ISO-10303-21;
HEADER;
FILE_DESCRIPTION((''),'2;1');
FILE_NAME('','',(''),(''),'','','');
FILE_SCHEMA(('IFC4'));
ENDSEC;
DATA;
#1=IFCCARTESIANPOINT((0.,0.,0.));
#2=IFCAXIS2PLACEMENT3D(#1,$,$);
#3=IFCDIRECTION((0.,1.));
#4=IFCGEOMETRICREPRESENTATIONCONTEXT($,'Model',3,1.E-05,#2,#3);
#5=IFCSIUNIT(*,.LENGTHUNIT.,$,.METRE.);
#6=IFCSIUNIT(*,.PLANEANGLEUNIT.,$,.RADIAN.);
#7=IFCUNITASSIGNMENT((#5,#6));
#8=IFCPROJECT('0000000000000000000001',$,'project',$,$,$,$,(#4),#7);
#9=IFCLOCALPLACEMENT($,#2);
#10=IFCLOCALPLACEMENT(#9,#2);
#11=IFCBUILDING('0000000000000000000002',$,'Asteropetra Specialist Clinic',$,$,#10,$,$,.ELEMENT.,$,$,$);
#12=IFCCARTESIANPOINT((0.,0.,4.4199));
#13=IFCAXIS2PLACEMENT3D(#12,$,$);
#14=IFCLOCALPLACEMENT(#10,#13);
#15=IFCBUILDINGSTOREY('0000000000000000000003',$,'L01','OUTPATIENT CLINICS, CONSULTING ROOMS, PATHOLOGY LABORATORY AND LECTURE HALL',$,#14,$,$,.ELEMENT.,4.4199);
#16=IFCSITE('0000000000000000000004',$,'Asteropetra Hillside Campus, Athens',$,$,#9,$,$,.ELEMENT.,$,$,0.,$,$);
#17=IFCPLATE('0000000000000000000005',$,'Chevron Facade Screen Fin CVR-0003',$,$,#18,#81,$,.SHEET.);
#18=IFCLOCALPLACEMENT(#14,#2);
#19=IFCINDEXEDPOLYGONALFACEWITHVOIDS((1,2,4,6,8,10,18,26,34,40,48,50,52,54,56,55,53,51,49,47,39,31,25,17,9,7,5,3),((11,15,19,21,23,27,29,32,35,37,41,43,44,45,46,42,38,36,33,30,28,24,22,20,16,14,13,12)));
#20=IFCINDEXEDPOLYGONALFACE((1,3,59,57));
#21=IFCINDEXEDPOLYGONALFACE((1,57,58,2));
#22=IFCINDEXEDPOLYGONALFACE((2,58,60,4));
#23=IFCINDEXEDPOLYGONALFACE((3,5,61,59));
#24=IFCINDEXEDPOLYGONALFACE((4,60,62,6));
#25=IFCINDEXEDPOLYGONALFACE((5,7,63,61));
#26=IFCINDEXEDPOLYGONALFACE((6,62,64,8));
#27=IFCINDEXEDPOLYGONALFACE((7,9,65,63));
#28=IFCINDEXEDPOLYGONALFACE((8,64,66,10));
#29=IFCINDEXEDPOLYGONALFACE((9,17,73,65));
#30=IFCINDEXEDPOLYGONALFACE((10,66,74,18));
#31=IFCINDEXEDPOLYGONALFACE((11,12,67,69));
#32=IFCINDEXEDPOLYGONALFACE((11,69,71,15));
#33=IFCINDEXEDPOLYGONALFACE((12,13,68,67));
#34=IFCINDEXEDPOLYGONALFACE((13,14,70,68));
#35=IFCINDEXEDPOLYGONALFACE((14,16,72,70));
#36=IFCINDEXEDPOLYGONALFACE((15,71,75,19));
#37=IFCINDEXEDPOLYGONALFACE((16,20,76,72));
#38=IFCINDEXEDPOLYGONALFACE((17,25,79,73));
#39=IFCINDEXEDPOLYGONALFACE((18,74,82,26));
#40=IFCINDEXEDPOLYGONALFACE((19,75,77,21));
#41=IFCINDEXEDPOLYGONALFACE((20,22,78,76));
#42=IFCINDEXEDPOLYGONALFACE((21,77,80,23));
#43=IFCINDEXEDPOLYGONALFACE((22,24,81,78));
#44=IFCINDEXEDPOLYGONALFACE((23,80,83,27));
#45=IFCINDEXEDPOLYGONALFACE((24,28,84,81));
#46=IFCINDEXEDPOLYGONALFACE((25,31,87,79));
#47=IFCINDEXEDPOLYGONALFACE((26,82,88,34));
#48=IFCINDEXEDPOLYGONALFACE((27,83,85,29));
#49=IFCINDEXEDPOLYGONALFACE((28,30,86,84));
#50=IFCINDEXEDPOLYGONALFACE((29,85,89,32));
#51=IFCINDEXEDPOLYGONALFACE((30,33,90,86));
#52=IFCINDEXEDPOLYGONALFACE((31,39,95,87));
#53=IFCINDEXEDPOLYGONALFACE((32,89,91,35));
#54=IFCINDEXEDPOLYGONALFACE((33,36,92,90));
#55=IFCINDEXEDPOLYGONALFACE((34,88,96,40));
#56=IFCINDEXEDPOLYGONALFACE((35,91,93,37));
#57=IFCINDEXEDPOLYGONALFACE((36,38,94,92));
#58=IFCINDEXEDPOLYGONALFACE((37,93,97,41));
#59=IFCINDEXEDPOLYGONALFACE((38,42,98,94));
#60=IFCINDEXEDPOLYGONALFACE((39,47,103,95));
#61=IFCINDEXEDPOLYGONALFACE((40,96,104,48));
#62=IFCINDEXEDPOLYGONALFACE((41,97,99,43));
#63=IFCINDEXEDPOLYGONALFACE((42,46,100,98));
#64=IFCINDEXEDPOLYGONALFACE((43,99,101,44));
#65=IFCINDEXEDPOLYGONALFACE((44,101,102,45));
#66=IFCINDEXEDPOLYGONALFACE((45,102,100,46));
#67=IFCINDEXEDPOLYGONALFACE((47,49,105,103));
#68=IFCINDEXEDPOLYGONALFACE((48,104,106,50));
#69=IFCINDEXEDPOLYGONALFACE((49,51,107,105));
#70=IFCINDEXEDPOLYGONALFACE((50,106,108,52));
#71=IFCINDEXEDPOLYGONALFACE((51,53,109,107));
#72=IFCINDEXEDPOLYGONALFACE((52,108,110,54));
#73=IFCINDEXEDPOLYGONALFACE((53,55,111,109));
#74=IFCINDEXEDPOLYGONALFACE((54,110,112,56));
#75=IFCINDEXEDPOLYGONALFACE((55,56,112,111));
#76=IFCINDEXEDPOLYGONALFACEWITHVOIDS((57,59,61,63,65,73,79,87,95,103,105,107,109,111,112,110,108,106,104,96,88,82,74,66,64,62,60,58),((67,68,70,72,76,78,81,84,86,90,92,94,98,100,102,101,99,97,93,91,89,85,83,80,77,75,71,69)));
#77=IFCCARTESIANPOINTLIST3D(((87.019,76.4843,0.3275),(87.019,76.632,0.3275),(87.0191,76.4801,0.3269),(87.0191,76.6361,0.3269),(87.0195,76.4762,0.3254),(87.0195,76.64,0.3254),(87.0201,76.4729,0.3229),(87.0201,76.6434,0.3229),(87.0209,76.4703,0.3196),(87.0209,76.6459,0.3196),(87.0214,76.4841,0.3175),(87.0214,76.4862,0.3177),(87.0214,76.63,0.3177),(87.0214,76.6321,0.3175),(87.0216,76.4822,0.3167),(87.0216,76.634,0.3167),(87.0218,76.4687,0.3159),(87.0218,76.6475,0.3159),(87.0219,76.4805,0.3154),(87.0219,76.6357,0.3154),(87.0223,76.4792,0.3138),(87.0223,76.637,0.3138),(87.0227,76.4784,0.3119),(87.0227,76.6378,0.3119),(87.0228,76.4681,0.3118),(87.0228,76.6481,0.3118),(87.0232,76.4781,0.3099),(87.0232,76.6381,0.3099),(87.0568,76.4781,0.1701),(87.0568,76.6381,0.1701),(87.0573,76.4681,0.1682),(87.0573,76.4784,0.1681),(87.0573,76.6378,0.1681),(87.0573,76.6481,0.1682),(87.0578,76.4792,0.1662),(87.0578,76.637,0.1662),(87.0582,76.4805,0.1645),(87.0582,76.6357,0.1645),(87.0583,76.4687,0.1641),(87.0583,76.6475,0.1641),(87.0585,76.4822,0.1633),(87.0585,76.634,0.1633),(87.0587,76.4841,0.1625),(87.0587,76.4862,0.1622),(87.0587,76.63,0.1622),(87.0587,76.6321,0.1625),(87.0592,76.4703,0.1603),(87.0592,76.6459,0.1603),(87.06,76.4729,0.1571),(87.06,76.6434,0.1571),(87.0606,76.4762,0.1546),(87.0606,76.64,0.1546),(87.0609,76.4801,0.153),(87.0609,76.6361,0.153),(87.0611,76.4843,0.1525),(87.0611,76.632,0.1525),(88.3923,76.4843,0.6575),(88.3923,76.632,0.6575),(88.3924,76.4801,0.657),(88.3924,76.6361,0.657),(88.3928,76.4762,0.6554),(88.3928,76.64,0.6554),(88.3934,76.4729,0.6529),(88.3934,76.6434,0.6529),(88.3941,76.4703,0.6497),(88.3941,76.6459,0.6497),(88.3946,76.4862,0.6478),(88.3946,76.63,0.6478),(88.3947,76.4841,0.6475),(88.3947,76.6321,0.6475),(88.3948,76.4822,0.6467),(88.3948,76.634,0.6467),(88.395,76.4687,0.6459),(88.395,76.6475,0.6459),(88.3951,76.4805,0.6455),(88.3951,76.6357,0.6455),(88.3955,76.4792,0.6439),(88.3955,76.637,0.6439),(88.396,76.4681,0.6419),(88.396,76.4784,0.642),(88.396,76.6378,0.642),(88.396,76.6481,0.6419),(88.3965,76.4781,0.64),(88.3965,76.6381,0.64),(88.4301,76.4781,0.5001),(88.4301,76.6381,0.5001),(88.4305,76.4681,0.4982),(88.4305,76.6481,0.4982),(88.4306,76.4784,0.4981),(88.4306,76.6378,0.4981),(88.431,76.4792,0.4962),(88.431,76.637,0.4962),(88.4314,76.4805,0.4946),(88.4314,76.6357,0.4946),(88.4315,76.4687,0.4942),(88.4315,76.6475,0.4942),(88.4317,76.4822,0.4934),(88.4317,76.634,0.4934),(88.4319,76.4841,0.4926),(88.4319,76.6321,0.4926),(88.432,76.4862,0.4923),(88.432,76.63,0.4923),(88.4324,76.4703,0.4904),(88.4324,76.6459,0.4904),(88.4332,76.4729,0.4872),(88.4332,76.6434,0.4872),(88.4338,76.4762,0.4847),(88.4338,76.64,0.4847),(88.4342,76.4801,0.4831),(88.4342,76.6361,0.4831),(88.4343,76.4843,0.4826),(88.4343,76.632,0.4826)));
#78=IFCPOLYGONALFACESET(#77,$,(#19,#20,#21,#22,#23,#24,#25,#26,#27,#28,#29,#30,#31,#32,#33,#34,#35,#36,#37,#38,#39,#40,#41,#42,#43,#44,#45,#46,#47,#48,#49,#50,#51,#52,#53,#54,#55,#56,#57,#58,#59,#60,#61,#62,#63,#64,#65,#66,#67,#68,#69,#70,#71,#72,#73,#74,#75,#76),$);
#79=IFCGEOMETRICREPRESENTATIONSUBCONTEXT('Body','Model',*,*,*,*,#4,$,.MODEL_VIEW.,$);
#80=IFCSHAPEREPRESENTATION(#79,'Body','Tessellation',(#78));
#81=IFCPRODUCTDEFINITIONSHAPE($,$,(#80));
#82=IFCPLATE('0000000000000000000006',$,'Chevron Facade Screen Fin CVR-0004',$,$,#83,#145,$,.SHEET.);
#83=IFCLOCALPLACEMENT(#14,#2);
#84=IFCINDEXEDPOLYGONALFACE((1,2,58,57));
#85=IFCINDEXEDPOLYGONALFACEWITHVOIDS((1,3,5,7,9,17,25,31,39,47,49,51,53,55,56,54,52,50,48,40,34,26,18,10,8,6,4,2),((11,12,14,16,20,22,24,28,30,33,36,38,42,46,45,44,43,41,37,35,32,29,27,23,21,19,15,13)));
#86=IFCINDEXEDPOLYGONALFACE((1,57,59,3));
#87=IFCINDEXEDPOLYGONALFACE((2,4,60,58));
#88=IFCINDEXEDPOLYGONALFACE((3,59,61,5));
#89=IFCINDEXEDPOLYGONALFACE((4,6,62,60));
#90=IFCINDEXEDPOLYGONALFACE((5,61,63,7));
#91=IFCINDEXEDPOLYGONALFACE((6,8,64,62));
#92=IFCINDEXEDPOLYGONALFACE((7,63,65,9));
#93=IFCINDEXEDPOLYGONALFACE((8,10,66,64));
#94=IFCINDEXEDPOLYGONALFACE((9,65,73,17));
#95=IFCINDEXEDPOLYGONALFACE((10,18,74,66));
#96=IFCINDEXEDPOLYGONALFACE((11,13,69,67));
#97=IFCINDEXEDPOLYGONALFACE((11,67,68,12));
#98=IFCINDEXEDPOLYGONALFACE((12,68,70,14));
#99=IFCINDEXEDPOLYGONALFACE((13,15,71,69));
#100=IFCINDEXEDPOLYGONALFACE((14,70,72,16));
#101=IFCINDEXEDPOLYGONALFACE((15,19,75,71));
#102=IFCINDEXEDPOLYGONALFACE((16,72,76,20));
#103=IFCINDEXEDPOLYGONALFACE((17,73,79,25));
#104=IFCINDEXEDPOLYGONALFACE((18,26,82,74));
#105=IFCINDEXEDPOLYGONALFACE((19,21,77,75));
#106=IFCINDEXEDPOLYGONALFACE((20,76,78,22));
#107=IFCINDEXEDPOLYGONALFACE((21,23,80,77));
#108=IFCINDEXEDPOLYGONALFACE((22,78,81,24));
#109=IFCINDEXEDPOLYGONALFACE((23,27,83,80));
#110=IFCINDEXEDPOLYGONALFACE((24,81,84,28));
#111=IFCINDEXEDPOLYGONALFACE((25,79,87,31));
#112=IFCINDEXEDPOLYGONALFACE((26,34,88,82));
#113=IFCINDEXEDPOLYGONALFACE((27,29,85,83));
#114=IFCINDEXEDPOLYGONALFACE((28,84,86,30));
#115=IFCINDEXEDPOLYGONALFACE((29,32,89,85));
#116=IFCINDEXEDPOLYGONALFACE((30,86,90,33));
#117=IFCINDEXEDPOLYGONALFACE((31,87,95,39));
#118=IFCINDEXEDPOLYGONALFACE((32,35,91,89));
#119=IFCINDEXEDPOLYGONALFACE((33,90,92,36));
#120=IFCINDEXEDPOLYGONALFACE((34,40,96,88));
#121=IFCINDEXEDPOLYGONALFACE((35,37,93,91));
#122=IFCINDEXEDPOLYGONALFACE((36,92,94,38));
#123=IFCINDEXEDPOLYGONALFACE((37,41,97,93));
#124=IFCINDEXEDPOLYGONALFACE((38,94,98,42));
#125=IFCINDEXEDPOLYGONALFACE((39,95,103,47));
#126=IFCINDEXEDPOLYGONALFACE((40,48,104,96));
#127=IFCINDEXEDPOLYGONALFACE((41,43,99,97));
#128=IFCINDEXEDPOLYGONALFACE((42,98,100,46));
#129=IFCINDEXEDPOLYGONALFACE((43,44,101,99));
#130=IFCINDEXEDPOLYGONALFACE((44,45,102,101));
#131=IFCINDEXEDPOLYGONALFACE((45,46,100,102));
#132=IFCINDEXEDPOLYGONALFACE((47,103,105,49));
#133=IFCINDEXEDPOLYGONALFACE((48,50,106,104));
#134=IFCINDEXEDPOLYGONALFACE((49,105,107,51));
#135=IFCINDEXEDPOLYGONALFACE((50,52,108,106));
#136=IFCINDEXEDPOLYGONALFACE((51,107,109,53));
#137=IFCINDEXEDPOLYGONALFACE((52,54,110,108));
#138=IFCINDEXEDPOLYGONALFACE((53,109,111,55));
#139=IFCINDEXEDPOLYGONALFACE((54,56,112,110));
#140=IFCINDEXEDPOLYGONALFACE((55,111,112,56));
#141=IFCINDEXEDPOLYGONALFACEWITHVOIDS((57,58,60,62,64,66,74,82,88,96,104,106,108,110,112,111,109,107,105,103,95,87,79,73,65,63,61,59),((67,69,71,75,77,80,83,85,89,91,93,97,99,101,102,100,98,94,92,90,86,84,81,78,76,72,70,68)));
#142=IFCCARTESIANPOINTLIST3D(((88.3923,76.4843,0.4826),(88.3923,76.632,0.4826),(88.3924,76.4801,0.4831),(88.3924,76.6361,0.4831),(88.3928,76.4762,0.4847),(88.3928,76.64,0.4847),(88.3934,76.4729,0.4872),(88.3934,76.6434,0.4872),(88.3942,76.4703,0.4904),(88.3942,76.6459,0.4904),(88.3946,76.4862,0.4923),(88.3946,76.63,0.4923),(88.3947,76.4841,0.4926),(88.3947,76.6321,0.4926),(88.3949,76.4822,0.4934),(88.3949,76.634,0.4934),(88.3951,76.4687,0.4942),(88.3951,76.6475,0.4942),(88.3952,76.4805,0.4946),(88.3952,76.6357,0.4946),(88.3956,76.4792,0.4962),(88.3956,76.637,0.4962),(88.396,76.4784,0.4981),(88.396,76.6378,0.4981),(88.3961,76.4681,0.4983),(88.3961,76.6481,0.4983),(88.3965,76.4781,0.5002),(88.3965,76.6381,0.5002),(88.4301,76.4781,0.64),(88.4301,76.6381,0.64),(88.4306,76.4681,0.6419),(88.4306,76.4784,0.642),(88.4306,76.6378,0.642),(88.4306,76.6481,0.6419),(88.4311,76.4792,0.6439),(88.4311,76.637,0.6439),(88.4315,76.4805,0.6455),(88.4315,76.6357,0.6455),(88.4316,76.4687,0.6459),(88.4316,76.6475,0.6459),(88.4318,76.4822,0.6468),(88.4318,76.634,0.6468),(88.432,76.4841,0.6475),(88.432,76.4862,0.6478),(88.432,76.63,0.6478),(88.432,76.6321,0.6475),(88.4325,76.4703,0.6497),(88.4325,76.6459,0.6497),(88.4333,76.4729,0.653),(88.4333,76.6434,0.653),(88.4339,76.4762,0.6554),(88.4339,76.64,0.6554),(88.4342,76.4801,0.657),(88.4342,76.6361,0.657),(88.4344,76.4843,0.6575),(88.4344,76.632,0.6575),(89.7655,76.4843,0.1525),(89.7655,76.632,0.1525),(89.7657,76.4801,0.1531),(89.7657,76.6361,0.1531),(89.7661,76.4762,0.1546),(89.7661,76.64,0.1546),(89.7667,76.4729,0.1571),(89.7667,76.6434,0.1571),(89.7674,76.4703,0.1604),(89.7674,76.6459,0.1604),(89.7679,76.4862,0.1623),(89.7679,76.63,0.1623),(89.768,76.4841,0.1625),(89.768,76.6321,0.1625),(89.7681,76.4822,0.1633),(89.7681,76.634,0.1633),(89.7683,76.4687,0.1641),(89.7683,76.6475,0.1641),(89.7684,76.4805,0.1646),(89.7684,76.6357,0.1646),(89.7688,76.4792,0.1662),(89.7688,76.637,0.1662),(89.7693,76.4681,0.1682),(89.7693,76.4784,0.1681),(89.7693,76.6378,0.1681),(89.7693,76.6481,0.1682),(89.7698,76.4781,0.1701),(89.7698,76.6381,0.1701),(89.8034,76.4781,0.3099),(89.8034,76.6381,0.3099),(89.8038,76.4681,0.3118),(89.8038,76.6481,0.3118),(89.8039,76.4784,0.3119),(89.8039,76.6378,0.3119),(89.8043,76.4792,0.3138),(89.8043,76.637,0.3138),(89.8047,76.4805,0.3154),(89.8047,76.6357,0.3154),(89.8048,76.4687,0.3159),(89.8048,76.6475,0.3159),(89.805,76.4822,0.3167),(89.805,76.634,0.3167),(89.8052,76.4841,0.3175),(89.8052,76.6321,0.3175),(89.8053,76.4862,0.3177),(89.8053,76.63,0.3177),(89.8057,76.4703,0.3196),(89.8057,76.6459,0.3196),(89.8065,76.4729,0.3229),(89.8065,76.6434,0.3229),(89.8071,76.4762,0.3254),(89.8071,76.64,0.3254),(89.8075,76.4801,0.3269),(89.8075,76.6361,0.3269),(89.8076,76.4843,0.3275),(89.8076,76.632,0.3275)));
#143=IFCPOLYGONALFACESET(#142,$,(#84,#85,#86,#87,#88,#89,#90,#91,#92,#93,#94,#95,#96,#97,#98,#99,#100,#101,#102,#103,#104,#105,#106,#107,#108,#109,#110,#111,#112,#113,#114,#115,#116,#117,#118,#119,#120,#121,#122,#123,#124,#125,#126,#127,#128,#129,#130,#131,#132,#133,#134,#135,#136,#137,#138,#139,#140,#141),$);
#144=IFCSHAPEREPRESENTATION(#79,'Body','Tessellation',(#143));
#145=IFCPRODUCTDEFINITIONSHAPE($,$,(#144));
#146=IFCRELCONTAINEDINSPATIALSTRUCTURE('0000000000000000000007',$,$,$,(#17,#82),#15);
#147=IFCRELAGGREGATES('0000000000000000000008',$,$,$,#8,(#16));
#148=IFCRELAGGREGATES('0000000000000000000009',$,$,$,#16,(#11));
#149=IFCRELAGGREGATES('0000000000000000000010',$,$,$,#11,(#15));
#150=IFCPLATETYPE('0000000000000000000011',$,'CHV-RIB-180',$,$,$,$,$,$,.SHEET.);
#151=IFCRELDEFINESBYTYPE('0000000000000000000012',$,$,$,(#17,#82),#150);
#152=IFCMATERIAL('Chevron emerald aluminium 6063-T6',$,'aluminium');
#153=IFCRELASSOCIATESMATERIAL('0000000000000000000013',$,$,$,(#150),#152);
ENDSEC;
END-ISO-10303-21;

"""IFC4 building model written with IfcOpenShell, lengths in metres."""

from ifc_helpers import new_model, si_unit, direction, frame, origin, origin_2d, place, context, subcontext, project, spatial, hollow_rectangle, extrude, material, material_profile, profile_set, type_object, element, save


model = new_model("IFC4")

# Units and contexts
model_context = context("Model", 3, precision=1e-05, world=origin(), true_north=direction((0.0, 1.0)))
body_context = subcontext(model_context, "Body", "Model", "MODEL_VIEW")
ifc_project = project(units=[si_unit("LENGTHUNIT", "METRE"), si_unit("PLANEANGLEUNIT", "RADIAN")], contexts=[model_context])

# Site, building, storey
site_placement = place(None, origin())
site = spatial("IfcSite", under=ifc_project, at=site_placement, Name="Asteropetra Hillside Campus, Athens", CompositionType="ELEMENT", RefElevation=0.0)
building_placement = place(site_placement, origin())
building = spatial("IfcBuilding", under=site, at=building_placement, Name="Asteropetra Specialist Clinic", CompositionType="ELEMENT")
storey_placement = place(building_placement, frame((0.0, 0.0, 4.4199)))
storey = spatial("IfcBuildingStorey", under=building, at=storey_placement, Name="L01", Description="OUTPATIENT CLINICS, CONSULTING ROOMS, PATHOLOGY LABORATORY AND LECTURE HALL", CompositionType="ELEMENT", Elevation=4.4199)

# Plates
ifc_material_1 = material(Name="Chevron emerald aluminium 6063-T6", Category="aluminium")
ifc_material_profile_1 = material_profile(ifc_material_1, hollow_rectangle(XDim=0.1799, YDim=0.1799, WallThickness=0.01, InnerFilletRadius=0.0081, OuterFilletRadius=0.0161, at=origin_2d()), Name="SHS 180x180x10.0")
ifc_profile_set_1 = profile_set([ifc_material_profile_1], Name="Chevron emerald aluminium 6063-T6")
plate_type = type_object("IfcPlateType", Name="CHV-RIB-180", PredefinedType="SHEET", material=ifc_profile_set_1)
for number, where, z_axis, x_axis, name in (
    (1, (87.04, 76.5581, 0.24), (0.972309, 0.0, 0.2337), (0.0, 1.0, 0.0), "Chevron Facade Screen Fin CVR-0003"),
    (2, (88.4133, 76.5581, 0.5701), (0.972309, 0.0, -0.2337), (0.0, 1.0, 0.0), "Chevron Facade Screen Fin CVR-0004"),
):
    element("IfcPlate", number, at=place(storey_placement, frame(where, z_axis=z_axis, x_axis=x_axis)), inside=storey, type_object=plate_type, Name=name, PredefinedType="SHEET", context=body_context, shape_type="SweptSolid", body=[
        extrude(hollow_rectangle(XDim=0.1799, YDim=0.1799, WallThickness=0.01, InnerFilletRadius=0.0081, OuterFilletRadius=0.0161, at=origin_2d()), origin(), (0.0, 0.0, 1.0), 1.4124),
    ])

save(model, "model.ifc")
